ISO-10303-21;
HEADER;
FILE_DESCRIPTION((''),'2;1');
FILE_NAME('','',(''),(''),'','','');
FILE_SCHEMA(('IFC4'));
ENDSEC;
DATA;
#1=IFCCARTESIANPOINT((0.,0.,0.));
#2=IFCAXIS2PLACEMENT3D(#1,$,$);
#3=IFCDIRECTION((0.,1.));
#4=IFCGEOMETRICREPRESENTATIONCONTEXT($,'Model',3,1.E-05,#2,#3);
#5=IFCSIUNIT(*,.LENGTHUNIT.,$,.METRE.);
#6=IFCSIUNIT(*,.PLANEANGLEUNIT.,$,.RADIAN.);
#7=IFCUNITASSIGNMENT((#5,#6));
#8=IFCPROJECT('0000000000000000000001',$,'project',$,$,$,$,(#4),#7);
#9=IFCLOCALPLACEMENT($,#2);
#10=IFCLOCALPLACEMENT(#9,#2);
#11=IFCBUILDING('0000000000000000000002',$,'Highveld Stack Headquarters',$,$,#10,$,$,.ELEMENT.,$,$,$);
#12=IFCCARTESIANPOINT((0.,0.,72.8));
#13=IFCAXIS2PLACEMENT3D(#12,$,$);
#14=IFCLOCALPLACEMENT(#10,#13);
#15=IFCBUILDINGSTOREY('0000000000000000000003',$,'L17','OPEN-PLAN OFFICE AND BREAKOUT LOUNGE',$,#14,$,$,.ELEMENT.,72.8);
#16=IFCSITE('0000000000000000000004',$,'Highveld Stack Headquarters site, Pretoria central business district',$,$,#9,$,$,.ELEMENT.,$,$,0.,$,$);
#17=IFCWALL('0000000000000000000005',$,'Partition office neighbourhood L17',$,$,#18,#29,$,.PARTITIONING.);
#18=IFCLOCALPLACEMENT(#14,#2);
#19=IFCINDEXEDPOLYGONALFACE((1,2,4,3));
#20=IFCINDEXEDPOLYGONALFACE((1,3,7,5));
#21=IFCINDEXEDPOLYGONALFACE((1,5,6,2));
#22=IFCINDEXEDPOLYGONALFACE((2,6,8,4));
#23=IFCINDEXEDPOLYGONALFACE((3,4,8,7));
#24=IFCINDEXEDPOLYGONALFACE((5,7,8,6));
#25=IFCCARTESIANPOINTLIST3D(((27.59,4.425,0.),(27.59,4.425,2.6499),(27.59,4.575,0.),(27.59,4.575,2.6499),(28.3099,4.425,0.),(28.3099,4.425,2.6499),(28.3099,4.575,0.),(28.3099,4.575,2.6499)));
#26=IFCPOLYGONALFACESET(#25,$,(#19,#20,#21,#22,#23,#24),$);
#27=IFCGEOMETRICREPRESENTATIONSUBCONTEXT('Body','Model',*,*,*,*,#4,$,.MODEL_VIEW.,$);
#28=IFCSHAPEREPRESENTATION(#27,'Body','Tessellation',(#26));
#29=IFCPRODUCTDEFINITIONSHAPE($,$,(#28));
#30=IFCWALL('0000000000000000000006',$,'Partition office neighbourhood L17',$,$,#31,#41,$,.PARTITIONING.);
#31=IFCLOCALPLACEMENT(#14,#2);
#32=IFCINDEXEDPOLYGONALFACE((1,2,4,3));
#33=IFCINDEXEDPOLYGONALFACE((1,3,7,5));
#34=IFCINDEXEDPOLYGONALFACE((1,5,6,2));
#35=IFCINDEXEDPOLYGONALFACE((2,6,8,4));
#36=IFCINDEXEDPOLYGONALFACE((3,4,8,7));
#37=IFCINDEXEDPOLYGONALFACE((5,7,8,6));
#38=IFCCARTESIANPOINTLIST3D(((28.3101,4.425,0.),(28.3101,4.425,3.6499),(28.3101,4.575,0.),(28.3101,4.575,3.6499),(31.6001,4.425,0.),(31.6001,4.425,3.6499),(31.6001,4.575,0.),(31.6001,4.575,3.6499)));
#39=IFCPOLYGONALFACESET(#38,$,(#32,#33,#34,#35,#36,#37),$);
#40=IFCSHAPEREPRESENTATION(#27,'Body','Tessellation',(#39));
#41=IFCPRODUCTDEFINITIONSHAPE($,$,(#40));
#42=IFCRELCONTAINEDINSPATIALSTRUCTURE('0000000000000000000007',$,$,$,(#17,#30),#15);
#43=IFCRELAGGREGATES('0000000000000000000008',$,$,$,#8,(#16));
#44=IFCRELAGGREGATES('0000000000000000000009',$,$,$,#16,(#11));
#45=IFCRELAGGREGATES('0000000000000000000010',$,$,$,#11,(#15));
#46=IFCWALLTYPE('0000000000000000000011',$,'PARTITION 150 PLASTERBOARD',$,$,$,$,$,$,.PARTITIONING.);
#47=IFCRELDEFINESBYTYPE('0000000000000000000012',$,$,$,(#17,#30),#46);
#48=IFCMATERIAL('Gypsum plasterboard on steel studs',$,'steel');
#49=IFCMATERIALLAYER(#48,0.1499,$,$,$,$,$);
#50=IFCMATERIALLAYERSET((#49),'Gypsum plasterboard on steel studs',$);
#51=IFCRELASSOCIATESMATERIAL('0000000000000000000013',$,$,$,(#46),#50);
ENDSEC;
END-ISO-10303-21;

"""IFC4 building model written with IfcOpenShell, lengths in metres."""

from ifc_helpers import new_model, si_unit, direction, frame, frame_2d, origin, place, context, subcontext, project, spatial, rectangle, extrude, material, layer, layer_set, type_object, element, save


model = new_model("IFC4")

# Units and contexts
model_context = context("Model", 3, precision=1e-05, world=origin(), true_north=direction((0.0, 1.0)))
body_context = subcontext(model_context, "Body", "Model", "MODEL_VIEW")
ifc_project = project(units=[si_unit("LENGTHUNIT", "METRE"), si_unit("PLANEANGLEUNIT", "RADIAN")], contexts=[model_context])

# Site, building, storey
site_placement = place(None, origin())
site = spatial("IfcSite", under=ifc_project, at=site_placement, Name="Highveld Stack Headquarters site, Pretoria central business district", CompositionType="ELEMENT", RefElevation=0.0)
building_placement = place(site_placement, origin())
building = spatial("IfcBuilding", under=site, at=building_placement, Name="Highveld Stack Headquarters", CompositionType="ELEMENT")
storey_placement = place(building_placement, frame((0.0, 0.0, 72.8)))
storey = spatial("IfcBuildingStorey", under=building, at=storey_placement, Name="L17", Description="OPEN-PLAN OFFICE AND BREAKOUT LOUNGE", CompositionType="ELEMENT", Elevation=72.8)

# Walls
ifc_material_1 = material(Name="Gypsum plasterboard on steel studs", Category="steel")
ifc_layer_1 = layer(ifc_material_1, 0.1499)
ifc_layer_set_1 = layer_set([ifc_layer_1], Name="Gypsum plasterboard on steel studs")
wall_type_1 = type_object("IfcWallType", Name="PARTITION 150 PLASTERBOARD", PredefinedType="PARTITIONING", material=ifc_layer_set_1)
wall_1_placement = place(storey_placement, frame((27.5901, 4.5, 0.0), z_axis=(0.0, 0.0, 1.0), x_axis=(1.0, 0.0, 0.0)))
element("IfcWall", 1, at=wall_1_placement, inside=storey, type_object=wall_type_1, Name="Partition office neighbourhood L17", PredefinedType="PARTITIONING", context=body_context, shape_type="SweptSolid", body=[
    extrude(rectangle(XDim=0.72, YDim=0.1499, at=frame_2d((0.3599, 0.0))), origin(), (0.0, 0.0, 1.0), 2.6499),
])
wall_2_placement = place(storey_placement, frame((28.3101, 4.5, 0.0), z_axis=(0.0, 0.0, 1.0), x_axis=(1.0, 0.0, 0.0)))
element("IfcWall", 2, at=wall_2_placement, inside=storey, type_object=wall_type_1, Name="Partition office neighbourhood L17", PredefinedType="PARTITIONING", context=body_context, shape_type="SweptSolid", body=[
    extrude(rectangle(XDim=3.29, YDim=0.1499, at=frame_2d((1.645, 0.0))), origin(), (0.0, 0.0, 1.0), 3.6499),
])

save(model, "model.ifc")
